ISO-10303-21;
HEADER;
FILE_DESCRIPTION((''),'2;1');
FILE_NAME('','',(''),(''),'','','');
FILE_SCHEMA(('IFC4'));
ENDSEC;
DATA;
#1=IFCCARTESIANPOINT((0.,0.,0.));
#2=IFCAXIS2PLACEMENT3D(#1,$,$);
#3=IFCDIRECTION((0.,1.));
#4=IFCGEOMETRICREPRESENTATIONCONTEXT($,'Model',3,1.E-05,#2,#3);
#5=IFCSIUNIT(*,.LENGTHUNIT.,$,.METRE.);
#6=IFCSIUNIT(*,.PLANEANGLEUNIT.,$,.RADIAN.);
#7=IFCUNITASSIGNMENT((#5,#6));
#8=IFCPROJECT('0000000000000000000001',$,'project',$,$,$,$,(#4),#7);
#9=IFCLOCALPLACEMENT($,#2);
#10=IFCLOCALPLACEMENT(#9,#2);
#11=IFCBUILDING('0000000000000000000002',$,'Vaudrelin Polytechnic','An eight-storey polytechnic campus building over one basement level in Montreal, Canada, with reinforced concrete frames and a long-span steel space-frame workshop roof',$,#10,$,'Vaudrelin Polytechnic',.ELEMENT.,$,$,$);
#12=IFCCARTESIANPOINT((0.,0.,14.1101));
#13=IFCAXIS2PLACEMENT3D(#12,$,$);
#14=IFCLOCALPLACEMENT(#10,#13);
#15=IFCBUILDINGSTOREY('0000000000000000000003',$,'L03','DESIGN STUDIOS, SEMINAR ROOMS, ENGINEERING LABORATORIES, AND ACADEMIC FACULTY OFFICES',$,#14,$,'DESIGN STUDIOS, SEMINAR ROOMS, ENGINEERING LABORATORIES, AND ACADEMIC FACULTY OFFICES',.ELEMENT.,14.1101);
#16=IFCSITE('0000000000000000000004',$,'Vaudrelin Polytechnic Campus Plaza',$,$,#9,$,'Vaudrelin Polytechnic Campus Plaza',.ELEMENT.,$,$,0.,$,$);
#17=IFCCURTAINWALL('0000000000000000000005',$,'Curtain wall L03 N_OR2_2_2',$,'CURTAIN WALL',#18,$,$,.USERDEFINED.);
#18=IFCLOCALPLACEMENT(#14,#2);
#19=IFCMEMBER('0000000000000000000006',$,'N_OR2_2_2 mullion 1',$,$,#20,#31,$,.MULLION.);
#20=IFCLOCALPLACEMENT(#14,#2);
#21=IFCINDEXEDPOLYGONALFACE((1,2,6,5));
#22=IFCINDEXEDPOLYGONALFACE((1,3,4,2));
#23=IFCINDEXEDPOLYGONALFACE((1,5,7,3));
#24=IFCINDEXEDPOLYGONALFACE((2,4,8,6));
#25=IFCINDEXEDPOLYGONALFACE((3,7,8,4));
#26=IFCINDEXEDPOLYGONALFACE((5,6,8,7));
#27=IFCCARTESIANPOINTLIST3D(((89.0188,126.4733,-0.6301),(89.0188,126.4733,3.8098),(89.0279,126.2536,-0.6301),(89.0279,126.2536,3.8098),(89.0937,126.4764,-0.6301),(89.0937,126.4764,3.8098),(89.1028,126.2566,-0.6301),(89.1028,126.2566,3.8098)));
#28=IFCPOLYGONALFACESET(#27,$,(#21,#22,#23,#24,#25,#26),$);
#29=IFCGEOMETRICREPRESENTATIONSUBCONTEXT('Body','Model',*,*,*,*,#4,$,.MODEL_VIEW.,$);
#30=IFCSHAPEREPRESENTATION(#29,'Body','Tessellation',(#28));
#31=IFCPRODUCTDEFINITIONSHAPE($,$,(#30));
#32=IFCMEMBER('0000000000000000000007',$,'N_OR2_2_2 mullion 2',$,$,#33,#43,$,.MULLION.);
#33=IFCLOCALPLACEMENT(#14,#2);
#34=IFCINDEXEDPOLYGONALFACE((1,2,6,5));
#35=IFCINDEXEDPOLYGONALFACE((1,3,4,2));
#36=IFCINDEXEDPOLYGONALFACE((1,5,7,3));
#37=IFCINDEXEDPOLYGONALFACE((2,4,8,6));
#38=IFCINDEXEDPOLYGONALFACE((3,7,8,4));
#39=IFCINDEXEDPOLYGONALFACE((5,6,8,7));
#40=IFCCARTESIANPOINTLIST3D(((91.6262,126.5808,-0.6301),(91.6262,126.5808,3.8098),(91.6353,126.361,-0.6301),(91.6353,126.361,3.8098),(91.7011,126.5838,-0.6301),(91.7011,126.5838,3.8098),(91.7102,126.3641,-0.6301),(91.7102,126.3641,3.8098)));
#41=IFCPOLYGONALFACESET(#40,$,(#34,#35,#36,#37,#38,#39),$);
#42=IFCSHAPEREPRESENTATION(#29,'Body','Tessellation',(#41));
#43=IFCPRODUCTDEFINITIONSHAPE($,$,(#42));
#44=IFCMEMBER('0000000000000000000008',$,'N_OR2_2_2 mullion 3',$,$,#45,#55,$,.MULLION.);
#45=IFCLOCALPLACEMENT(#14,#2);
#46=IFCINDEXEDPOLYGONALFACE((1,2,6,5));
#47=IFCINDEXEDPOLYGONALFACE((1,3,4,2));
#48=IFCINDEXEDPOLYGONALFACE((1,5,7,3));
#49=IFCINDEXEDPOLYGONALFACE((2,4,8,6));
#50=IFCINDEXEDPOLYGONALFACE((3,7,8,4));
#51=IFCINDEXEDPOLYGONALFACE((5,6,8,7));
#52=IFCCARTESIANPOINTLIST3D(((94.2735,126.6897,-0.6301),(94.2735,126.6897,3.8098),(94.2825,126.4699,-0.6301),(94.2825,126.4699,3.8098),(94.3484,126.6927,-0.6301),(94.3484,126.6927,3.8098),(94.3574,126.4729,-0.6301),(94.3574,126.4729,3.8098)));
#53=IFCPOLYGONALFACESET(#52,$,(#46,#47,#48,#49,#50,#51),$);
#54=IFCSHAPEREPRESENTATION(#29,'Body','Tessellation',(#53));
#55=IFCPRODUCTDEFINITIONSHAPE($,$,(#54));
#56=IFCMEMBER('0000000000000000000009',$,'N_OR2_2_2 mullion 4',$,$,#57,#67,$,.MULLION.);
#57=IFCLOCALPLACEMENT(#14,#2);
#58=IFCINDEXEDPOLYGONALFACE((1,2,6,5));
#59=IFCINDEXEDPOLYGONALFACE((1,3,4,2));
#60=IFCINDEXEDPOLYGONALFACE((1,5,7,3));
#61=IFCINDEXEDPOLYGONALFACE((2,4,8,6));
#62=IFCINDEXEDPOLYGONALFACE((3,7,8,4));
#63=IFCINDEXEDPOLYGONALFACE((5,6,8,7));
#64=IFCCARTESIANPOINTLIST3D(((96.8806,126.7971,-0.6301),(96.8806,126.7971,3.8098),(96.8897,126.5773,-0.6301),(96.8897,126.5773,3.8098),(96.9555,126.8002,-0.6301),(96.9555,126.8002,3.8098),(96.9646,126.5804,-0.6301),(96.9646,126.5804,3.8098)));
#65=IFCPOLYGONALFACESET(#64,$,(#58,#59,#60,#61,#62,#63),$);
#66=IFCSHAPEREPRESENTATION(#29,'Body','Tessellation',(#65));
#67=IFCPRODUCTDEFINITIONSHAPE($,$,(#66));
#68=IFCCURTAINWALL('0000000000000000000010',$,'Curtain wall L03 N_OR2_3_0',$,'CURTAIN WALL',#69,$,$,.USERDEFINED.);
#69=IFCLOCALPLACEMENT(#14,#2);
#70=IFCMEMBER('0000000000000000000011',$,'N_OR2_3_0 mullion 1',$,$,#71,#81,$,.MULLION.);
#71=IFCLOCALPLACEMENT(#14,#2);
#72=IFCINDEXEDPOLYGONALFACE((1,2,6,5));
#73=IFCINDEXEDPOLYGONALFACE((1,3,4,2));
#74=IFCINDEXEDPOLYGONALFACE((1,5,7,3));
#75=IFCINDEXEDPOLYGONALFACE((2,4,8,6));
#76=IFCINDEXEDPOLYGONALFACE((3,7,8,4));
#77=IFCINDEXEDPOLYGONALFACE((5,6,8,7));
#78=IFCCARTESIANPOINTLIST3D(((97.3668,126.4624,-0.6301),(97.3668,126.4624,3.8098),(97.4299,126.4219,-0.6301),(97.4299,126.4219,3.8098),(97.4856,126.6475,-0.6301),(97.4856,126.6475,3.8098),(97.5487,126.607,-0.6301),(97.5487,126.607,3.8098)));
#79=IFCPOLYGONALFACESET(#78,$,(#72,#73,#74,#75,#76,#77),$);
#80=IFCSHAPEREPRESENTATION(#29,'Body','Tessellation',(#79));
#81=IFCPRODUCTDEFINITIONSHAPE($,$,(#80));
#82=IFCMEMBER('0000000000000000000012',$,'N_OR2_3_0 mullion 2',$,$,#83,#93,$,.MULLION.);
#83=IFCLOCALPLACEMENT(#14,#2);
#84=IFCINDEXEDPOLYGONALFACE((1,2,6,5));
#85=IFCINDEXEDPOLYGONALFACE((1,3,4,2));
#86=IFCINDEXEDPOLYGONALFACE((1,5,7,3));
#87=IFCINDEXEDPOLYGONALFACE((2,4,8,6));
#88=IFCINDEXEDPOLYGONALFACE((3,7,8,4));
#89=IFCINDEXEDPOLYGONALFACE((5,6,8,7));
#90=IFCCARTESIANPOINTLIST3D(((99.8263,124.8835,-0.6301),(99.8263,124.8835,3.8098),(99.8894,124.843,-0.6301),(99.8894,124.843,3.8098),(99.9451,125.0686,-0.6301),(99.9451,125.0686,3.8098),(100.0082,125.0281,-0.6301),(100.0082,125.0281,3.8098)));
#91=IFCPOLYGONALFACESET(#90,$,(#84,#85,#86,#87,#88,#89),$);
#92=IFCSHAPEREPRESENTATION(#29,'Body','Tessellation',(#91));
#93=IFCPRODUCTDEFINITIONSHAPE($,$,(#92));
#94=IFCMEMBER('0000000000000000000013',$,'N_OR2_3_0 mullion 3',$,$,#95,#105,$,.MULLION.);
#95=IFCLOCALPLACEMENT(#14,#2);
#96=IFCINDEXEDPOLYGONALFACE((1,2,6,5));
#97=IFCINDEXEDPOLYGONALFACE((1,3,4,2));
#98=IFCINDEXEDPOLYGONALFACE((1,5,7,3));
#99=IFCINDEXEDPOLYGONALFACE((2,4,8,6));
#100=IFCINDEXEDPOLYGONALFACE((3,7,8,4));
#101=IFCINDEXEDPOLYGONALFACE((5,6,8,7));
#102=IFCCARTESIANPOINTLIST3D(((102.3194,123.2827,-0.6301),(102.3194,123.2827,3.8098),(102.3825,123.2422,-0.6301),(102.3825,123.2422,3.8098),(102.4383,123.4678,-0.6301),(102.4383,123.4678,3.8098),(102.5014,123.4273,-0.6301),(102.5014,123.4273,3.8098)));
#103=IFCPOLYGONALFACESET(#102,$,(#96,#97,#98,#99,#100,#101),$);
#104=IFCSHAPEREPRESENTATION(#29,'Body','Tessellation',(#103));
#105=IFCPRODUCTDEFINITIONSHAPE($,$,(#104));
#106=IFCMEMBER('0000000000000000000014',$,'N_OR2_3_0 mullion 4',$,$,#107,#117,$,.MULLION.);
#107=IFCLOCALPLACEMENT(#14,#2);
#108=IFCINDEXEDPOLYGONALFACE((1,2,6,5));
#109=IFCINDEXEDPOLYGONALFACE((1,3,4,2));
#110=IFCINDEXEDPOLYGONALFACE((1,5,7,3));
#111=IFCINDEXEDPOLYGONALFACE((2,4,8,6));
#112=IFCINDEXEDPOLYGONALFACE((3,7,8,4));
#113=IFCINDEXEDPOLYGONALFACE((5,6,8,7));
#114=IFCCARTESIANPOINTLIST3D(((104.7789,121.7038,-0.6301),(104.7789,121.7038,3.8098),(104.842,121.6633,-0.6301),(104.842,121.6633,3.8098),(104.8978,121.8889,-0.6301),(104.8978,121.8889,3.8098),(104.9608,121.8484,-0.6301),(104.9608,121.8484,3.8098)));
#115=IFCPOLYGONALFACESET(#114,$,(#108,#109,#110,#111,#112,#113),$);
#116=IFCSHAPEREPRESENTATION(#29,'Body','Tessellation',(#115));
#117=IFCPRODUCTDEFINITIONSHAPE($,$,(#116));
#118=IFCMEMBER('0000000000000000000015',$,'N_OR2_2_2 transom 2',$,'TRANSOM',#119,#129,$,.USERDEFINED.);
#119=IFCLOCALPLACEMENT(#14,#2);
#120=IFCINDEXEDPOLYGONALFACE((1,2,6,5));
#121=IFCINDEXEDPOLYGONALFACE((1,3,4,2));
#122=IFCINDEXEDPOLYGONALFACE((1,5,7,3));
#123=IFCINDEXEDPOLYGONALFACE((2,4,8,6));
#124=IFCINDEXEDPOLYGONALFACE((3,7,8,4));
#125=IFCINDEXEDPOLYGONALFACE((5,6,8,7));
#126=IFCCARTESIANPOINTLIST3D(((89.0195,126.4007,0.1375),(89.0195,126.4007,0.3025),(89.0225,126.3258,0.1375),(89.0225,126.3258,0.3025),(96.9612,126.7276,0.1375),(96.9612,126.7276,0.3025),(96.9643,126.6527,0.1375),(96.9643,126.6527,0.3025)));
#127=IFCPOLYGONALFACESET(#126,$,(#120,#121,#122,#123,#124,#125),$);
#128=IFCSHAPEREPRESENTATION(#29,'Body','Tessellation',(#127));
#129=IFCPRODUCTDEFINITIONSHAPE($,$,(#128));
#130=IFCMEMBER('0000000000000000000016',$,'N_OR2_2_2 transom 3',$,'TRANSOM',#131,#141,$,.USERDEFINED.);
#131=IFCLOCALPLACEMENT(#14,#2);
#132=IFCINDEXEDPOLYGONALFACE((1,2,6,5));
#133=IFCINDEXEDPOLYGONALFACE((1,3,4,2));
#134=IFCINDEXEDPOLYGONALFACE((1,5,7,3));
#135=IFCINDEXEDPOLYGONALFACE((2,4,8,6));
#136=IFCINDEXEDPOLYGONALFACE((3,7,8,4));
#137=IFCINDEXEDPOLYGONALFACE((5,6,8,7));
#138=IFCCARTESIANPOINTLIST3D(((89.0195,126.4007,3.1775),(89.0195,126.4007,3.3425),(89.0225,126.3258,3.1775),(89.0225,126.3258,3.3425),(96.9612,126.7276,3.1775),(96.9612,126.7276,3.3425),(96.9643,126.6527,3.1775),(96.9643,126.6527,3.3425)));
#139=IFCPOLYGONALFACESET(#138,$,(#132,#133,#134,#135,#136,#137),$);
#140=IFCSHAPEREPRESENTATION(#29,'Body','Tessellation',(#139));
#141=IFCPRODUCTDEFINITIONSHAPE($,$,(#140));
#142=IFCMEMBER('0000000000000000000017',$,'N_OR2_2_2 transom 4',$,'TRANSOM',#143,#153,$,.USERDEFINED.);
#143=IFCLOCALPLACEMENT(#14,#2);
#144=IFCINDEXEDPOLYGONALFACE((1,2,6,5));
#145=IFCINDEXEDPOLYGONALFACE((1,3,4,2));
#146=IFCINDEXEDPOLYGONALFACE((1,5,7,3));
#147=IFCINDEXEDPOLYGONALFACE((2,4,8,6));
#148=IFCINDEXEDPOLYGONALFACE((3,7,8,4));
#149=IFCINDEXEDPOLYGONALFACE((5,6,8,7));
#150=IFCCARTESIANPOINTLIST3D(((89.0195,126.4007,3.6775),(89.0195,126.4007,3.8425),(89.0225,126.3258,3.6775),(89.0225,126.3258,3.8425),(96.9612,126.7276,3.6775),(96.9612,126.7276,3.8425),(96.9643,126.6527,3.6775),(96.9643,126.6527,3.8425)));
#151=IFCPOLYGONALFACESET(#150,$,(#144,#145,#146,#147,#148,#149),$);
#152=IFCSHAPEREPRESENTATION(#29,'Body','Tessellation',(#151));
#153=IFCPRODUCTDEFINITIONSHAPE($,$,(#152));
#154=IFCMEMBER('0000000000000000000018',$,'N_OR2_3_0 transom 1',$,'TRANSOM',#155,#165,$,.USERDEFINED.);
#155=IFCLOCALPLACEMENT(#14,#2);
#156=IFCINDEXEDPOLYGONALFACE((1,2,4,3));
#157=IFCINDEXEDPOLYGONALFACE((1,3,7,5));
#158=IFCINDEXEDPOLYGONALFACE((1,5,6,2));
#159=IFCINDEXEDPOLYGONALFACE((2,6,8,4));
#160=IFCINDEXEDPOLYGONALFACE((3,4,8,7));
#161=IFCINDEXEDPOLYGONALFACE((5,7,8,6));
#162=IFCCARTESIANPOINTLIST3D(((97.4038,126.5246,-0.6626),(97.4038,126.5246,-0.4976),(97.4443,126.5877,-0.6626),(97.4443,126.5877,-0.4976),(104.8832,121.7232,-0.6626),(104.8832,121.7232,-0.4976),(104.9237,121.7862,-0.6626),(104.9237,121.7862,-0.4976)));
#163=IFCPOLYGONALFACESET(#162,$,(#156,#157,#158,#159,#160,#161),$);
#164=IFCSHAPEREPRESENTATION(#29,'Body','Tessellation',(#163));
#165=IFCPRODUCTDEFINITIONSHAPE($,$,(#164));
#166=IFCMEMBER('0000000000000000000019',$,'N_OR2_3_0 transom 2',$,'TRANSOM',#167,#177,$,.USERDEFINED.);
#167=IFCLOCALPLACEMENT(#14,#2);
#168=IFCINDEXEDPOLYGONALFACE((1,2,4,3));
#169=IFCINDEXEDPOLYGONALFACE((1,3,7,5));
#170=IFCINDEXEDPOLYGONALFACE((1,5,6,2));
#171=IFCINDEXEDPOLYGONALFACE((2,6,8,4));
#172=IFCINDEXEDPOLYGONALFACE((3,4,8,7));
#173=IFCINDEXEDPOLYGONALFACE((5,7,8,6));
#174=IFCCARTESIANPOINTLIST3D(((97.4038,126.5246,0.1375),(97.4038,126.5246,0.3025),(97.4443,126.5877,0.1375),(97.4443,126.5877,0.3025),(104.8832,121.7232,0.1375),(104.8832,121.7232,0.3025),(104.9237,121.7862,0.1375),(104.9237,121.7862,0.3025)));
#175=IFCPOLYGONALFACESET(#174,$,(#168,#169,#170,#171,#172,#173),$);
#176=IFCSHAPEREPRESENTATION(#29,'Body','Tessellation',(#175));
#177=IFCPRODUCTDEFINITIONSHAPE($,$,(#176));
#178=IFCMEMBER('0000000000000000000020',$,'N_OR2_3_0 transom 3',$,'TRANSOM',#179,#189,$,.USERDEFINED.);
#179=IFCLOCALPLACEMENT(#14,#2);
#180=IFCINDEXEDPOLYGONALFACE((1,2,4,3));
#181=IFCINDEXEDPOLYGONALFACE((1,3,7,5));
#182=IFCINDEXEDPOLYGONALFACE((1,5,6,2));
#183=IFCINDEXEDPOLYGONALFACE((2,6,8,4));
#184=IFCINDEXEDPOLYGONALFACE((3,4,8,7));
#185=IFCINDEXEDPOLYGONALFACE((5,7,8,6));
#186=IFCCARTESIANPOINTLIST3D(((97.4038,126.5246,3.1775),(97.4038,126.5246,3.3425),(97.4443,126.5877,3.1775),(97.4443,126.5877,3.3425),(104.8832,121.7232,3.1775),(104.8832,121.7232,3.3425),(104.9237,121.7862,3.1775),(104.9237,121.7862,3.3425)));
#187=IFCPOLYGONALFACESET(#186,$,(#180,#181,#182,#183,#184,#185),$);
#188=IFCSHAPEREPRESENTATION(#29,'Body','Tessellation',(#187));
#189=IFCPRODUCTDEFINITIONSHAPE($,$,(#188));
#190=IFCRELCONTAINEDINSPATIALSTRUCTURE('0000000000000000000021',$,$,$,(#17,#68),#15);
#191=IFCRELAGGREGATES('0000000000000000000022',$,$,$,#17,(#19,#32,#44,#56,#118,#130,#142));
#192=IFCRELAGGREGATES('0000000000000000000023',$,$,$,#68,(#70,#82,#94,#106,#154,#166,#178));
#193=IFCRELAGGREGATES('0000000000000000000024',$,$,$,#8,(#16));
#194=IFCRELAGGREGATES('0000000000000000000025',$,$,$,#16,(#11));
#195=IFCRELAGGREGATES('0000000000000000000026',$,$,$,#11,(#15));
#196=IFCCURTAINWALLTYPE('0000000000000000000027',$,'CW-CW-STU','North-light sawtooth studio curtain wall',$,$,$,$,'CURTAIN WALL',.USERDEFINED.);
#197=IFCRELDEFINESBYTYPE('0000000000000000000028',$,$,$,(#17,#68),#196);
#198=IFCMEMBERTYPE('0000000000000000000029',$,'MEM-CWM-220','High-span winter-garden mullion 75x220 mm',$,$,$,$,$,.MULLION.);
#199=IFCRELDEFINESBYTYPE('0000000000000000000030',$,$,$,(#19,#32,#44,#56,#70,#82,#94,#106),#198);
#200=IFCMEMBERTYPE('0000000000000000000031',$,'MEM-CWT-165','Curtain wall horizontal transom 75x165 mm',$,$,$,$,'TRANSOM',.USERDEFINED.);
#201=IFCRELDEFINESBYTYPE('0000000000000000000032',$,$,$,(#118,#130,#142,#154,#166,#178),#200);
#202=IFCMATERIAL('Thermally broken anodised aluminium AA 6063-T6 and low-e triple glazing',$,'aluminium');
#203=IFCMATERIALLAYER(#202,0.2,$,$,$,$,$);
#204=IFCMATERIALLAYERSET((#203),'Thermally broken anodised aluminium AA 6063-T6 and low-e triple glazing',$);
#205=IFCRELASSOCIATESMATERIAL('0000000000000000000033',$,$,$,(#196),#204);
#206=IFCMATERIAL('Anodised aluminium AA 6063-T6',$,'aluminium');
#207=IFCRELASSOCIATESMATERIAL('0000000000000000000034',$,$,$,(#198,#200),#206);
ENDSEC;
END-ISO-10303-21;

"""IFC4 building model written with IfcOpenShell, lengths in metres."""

from ifc_helpers import new_model, si_unit, direction, frame, origin, origin_2d, place, context, subcontext, project, spatial, rectangle, extrude, material, layer, layer_set, material_profile, profile_set, type_object, element, aggregate, save


model = new_model("IFC4")

# Units and contexts
model_context = context("Model", 3, precision=1e-05, world=origin(), true_north=direction((0.0, 1.0)))
body_context = subcontext(model_context, "Body", "Model", "MODEL_VIEW")
ifc_project = project(units=[si_unit("LENGTHUNIT", "METRE"), si_unit("PLANEANGLEUNIT", "RADIAN")], contexts=[model_context])

# Site, building, storey
site_placement = place(None, origin())
site = spatial("IfcSite", under=ifc_project, at=site_placement, Name="Vaudrelin Polytechnic Campus Plaza", LongName="Vaudrelin Polytechnic Campus Plaza", CompositionType="ELEMENT", RefElevation=0.0)
building_placement = place(site_placement, origin())
building = spatial("IfcBuilding", under=site, at=building_placement, Name="Vaudrelin Polytechnic", Description="An eight-storey polytechnic campus building over one basement level in Montreal, Canada, with reinforced concrete frames and a long-span steel space-frame workshop roof", LongName="Vaudrelin Polytechnic", CompositionType="ELEMENT")
storey_placement = place(building_placement, frame((0.0, 0.0, 14.1101)))
storey = spatial("IfcBuildingStorey", under=building, at=storey_placement, Name="L03", Description="DESIGN STUDIOS, SEMINAR ROOMS, ENGINEERING LABORATORIES, AND ACADEMIC FACULTY OFFICES", LongName="DESIGN STUDIOS, SEMINAR ROOMS, ENGINEERING LABORATORIES, AND ACADEMIC FACULTY OFFICES", CompositionType="ELEMENT", Elevation=14.1101)

# Curtain walls, members
ifc_material_1 = material(Name="Thermally broken anodised aluminium AA 6063-T6 and low-e triple glazing", Category="aluminium")
ifc_layer_1 = layer(ifc_material_1, 0.2)
ifc_layer_set_1 = layer_set([ifc_layer_1], Name="Thermally broken anodised aluminium AA 6063-T6 and low-e triple glazing")
curtain_wall_type = type_object("IfcCurtainWallType", Name="CW-CW-STU", Description="North-light sawtooth studio curtain wall", ElementType="CURTAIN WALL", PredefinedType="USERDEFINED", material=ifc_layer_set_1)
curtain_wall_1_placement = place(storey_placement, origin())
curtain_wall_1 = element("IfcCurtainWall", 1, at=curtain_wall_1_placement, inside=storey, type_object=curtain_wall_type, Name="Curtain wall L03 N_OR2_2_2", ObjectType="CURTAIN WALL", PredefinedType="USERDEFINED")
ifc_material_2 = material(Name="Anodised aluminium AA 6063-T6", Category="aluminium")
ifc_material_profile_1 = material_profile(ifc_material_2, rectangle(XDim=0.075, YDim=0.22, at=origin_2d()), Name="CWM-75x220")
ifc_profile_set_1 = profile_set([ifc_material_profile_1], Name="Anodised aluminium AA 6063-T6")
member_type_1 = type_object("IfcMemberType", Name="MEM-CWM-220", Description="High-span winter-garden mullion 75x220 mm", PredefinedType="MULLION", material=ifc_profile_set_1)
member_1_placement = place(storey_placement, frame((89.0608, 126.365, -0.6301), z_axis=(0.0, 0.0, 1.0), x_axis=(0.999154, 0.041115, 0.0)))
member_1 = element("IfcMember", 2, at=member_1_placement, type_object=member_type_1, Name="N_OR2_2_2 mullion 1", PredefinedType="MULLION", context=body_context, shape_type="SweptSolid", body=[
    extrude(rectangle(XDim=0.075, YDim=0.22, at=origin_2d()), origin(), (0.0, 0.0, 1.0), 4.4399),
])
member_2_placement = place(storey_placement, frame((91.6682, 126.4724, -0.6301), z_axis=(0.0, 0.0, 1.0), x_axis=(0.999154, 0.041115, 0.0)))
member_2 = element("IfcMember", 3, at=member_2_placement, type_object=member_type_1, Name="N_OR2_2_2 mullion 2", PredefinedType="MULLION", context=body_context, shape_type="SweptSolid", body=[
    extrude(rectangle(XDim=0.075, YDim=0.22, at=origin_2d()), origin(), (0.0, 0.0, 1.0), 4.4399),
])
member_3_placement = place(storey_placement, frame((94.3154, 126.5813, -0.6301), z_axis=(0.0, 0.0, 1.0), x_axis=(0.999154, 0.041115, 0.0)))
member_3 = element("IfcMember", 4, at=member_3_placement, type_object=member_type_1, Name="N_OR2_2_2 mullion 3", PredefinedType="MULLION", context=body_context, shape_type="SweptSolid", body=[
    extrude(rectangle(XDim=0.075, YDim=0.22, at=origin_2d()), origin(), (0.0, 0.0, 1.0), 4.4399),
])
member_4_placement = place(storey_placement, frame((96.9226, 126.6887, -0.6301), z_axis=(0.0, 0.0, 1.0), x_axis=(0.999154, 0.041115, 0.0)))
member_4 = element("IfcMember", 5, at=member_4_placement, type_object=member_type_1, Name="N_OR2_2_2 mullion 4", PredefinedType="MULLION", context=body_context, shape_type="SweptSolid", body=[
    extrude(rectangle(XDim=0.075, YDim=0.22, at=origin_2d()), origin(), (0.0, 0.0, 1.0), 4.4399),
])
curtain_wall_2_placement = place(storey_placement, origin())
curtain_wall_2 = element("IfcCurtainWall", 6, at=curtain_wall_2_placement, inside=storey, type_object=curtain_wall_type, Name="Curtain wall L03 N_OR2_3_0", ObjectType="CURTAIN WALL", PredefinedType="USERDEFINED")
member_5_placement = place(storey_placement, frame((97.4578, 126.5347, -0.6301), z_axis=(0.0, 0.0, 1.0), x_axis=(0.841519, -0.540228, 0.0)))
member_5 = element("IfcMember", 7, at=member_5_placement, type_object=member_type_1, Name="N_OR2_3_0 mullion 1", PredefinedType="MULLION", context=body_context, shape_type="SweptSolid", body=[
    extrude(rectangle(XDim=0.075, YDim=0.22, at=origin_2d()), origin(), (0.0, 0.0, 1.0), 4.4399),
])
member_6_placement = place(storey_placement, frame((99.9172, 124.9558, -0.6301), z_axis=(0.0, 0.0, 1.0), x_axis=(0.841519, -0.540228, 0.0)))
member_6 = element("IfcMember", 8, at=member_6_placement, type_object=member_type_1, Name="N_OR2_3_0 mullion 2", PredefinedType="MULLION", context=body_context, shape_type="SweptSolid", body=[
    extrude(rectangle(XDim=0.075, YDim=0.22, at=origin_2d()), origin(), (0.0, 0.0, 1.0), 4.4399),
])
member_7_placement = place(storey_placement, frame((102.4104, 123.355, -0.6301), z_axis=(0.0, 0.0, 1.0), x_axis=(0.841519, -0.540228, 0.0)))
member_7 = element("IfcMember", 9, at=member_7_placement, type_object=member_type_1, Name="N_OR2_3_0 mullion 3", PredefinedType="MULLION", context=body_context, shape_type="SweptSolid", body=[
    extrude(rectangle(XDim=0.075, YDim=0.22, at=origin_2d()), origin(), (0.0, 0.0, 1.0), 4.4399),
])
member_8_placement = place(storey_placement, frame((104.8699, 121.7761, -0.6301), z_axis=(0.0, 0.0, 1.0), x_axis=(0.841519, -0.540228, 0.0)))
member_8 = element("IfcMember", 10, at=member_8_placement, type_object=member_type_1, Name="N_OR2_3_0 mullion 4", PredefinedType="MULLION", context=body_context, shape_type="SweptSolid", body=[
    extrude(rectangle(XDim=0.075, YDim=0.22, at=origin_2d()), origin(), (0.0, 0.0, 1.0), 4.4399),
])

# Members
ifc_material_profile_2 = material_profile(ifc_material_2, rectangle(XDim=0.075, YDim=0.165, at=origin_2d()), Name="CWT-75x165")
ifc_profile_set_2 = profile_set([ifc_material_profile_2], Name="Anodised aluminium AA 6063-T6")
member_type_2 = type_object("IfcMemberType", Name="MEM-CWT-165", Description="Curtain wall horizontal transom 75x165 mm", ElementType="TRANSOM", PredefinedType="USERDEFINED", material=ifc_profile_set_2)
member_9_placement = place(storey_placement, frame((89.021, 126.3633, 0.22), z_axis=(0.999154, 0.041128, 0.0), x_axis=(-0.041128, 0.999154, 0.0)))
member_9 = element("IfcMember", 11, at=member_9_placement, type_object=member_type_2, Name="N_OR2_2_2 transom 2", ObjectType="TRANSOM", PredefinedType="USERDEFINED", context=body_context, shape_type="SweptSolid", body=[
    extrude(rectangle(XDim=0.075, YDim=0.165, at=origin_2d()), origin(), (0.0, 0.0, 1.0), 7.9485),
])
member_10_placement = place(storey_placement, frame((89.021, 126.3633, 3.26), z_axis=(0.999154, 0.041128, 0.0), x_axis=(-0.041128, 0.999154, 0.0)))
member_10 = element("IfcMember", 12, at=member_10_placement, type_object=member_type_2, Name="N_OR2_2_2 transom 3", ObjectType="TRANSOM", PredefinedType="USERDEFINED", context=body_context, shape_type="SweptSolid", body=[
    extrude(rectangle(XDim=0.075, YDim=0.165, at=origin_2d()), origin(), (0.0, 0.0, 1.0), 7.9485),
])
member_11_placement = place(storey_placement, frame((89.021, 126.3633, 3.76), z_axis=(0.999154, 0.041128, 0.0), x_axis=(-0.041128, 0.999154, 0.0)))
member_11 = element("IfcMember", 13, at=member_11_placement, type_object=member_type_2, Name="N_OR2_2_2 transom 4", ObjectType="TRANSOM", PredefinedType="USERDEFINED", context=body_context, shape_type="SweptSolid", body=[
    extrude(rectangle(XDim=0.075, YDim=0.165, at=origin_2d()), origin(), (0.0, 0.0, 1.0), 7.9485),
])
member_12_placement = place(storey_placement, frame((97.4241, 126.5562, -0.5801), z_axis=(0.841523, -0.540222, 0.0), x_axis=(0.540222, 0.841523, 0.0)))
member_12 = element("IfcMember", 14, at=member_12_placement, type_object=member_type_2, Name="N_OR2_3_0 transom 1", ObjectType="TRANSOM", PredefinedType="USERDEFINED", context=body_context, shape_type="SweptSolid", body=[
    extrude(rectangle(XDim=0.075, YDim=0.165, at=origin_2d()), origin(), (0.0, 0.0, 1.0), 8.8879),
])
member_13_placement = place(storey_placement, frame((97.4241, 126.5562, 0.22), z_axis=(0.841523, -0.540222, 0.0), x_axis=(0.540222, 0.841523, 0.0)))
member_13 = element("IfcMember", 15, at=member_13_placement, type_object=member_type_2, Name="N_OR2_3_0 transom 2", ObjectType="TRANSOM", PredefinedType="USERDEFINED", context=body_context, shape_type="SweptSolid", body=[
    extrude(rectangle(XDim=0.075, YDim=0.165, at=origin_2d()), origin(), (0.0, 0.0, 1.0), 8.8879),
])
member_14_placement = place(storey_placement, frame((97.4241, 126.5562, 3.26), z_axis=(0.841523, -0.540222, 0.0), x_axis=(0.540222, 0.841523, 0.0)))
member_14 = element("IfcMember", 16, at=member_14_placement, type_object=member_type_2, Name="N_OR2_3_0 transom 3", ObjectType="TRANSOM", PredefinedType="USERDEFINED", context=body_context, shape_type="SweptSolid", body=[
    extrude(rectangle(XDim=0.075, YDim=0.165, at=origin_2d()), origin(), (0.0, 0.0, 1.0), 8.8879),
])

aggregate(curtain_wall_1, [member_1, member_2, member_3, member_4, member_9, member_10, member_11])
aggregate(curtain_wall_2, [member_5, member_6, member_7, member_8, member_12, member_13, member_14])

save(model, "model.ifc")
